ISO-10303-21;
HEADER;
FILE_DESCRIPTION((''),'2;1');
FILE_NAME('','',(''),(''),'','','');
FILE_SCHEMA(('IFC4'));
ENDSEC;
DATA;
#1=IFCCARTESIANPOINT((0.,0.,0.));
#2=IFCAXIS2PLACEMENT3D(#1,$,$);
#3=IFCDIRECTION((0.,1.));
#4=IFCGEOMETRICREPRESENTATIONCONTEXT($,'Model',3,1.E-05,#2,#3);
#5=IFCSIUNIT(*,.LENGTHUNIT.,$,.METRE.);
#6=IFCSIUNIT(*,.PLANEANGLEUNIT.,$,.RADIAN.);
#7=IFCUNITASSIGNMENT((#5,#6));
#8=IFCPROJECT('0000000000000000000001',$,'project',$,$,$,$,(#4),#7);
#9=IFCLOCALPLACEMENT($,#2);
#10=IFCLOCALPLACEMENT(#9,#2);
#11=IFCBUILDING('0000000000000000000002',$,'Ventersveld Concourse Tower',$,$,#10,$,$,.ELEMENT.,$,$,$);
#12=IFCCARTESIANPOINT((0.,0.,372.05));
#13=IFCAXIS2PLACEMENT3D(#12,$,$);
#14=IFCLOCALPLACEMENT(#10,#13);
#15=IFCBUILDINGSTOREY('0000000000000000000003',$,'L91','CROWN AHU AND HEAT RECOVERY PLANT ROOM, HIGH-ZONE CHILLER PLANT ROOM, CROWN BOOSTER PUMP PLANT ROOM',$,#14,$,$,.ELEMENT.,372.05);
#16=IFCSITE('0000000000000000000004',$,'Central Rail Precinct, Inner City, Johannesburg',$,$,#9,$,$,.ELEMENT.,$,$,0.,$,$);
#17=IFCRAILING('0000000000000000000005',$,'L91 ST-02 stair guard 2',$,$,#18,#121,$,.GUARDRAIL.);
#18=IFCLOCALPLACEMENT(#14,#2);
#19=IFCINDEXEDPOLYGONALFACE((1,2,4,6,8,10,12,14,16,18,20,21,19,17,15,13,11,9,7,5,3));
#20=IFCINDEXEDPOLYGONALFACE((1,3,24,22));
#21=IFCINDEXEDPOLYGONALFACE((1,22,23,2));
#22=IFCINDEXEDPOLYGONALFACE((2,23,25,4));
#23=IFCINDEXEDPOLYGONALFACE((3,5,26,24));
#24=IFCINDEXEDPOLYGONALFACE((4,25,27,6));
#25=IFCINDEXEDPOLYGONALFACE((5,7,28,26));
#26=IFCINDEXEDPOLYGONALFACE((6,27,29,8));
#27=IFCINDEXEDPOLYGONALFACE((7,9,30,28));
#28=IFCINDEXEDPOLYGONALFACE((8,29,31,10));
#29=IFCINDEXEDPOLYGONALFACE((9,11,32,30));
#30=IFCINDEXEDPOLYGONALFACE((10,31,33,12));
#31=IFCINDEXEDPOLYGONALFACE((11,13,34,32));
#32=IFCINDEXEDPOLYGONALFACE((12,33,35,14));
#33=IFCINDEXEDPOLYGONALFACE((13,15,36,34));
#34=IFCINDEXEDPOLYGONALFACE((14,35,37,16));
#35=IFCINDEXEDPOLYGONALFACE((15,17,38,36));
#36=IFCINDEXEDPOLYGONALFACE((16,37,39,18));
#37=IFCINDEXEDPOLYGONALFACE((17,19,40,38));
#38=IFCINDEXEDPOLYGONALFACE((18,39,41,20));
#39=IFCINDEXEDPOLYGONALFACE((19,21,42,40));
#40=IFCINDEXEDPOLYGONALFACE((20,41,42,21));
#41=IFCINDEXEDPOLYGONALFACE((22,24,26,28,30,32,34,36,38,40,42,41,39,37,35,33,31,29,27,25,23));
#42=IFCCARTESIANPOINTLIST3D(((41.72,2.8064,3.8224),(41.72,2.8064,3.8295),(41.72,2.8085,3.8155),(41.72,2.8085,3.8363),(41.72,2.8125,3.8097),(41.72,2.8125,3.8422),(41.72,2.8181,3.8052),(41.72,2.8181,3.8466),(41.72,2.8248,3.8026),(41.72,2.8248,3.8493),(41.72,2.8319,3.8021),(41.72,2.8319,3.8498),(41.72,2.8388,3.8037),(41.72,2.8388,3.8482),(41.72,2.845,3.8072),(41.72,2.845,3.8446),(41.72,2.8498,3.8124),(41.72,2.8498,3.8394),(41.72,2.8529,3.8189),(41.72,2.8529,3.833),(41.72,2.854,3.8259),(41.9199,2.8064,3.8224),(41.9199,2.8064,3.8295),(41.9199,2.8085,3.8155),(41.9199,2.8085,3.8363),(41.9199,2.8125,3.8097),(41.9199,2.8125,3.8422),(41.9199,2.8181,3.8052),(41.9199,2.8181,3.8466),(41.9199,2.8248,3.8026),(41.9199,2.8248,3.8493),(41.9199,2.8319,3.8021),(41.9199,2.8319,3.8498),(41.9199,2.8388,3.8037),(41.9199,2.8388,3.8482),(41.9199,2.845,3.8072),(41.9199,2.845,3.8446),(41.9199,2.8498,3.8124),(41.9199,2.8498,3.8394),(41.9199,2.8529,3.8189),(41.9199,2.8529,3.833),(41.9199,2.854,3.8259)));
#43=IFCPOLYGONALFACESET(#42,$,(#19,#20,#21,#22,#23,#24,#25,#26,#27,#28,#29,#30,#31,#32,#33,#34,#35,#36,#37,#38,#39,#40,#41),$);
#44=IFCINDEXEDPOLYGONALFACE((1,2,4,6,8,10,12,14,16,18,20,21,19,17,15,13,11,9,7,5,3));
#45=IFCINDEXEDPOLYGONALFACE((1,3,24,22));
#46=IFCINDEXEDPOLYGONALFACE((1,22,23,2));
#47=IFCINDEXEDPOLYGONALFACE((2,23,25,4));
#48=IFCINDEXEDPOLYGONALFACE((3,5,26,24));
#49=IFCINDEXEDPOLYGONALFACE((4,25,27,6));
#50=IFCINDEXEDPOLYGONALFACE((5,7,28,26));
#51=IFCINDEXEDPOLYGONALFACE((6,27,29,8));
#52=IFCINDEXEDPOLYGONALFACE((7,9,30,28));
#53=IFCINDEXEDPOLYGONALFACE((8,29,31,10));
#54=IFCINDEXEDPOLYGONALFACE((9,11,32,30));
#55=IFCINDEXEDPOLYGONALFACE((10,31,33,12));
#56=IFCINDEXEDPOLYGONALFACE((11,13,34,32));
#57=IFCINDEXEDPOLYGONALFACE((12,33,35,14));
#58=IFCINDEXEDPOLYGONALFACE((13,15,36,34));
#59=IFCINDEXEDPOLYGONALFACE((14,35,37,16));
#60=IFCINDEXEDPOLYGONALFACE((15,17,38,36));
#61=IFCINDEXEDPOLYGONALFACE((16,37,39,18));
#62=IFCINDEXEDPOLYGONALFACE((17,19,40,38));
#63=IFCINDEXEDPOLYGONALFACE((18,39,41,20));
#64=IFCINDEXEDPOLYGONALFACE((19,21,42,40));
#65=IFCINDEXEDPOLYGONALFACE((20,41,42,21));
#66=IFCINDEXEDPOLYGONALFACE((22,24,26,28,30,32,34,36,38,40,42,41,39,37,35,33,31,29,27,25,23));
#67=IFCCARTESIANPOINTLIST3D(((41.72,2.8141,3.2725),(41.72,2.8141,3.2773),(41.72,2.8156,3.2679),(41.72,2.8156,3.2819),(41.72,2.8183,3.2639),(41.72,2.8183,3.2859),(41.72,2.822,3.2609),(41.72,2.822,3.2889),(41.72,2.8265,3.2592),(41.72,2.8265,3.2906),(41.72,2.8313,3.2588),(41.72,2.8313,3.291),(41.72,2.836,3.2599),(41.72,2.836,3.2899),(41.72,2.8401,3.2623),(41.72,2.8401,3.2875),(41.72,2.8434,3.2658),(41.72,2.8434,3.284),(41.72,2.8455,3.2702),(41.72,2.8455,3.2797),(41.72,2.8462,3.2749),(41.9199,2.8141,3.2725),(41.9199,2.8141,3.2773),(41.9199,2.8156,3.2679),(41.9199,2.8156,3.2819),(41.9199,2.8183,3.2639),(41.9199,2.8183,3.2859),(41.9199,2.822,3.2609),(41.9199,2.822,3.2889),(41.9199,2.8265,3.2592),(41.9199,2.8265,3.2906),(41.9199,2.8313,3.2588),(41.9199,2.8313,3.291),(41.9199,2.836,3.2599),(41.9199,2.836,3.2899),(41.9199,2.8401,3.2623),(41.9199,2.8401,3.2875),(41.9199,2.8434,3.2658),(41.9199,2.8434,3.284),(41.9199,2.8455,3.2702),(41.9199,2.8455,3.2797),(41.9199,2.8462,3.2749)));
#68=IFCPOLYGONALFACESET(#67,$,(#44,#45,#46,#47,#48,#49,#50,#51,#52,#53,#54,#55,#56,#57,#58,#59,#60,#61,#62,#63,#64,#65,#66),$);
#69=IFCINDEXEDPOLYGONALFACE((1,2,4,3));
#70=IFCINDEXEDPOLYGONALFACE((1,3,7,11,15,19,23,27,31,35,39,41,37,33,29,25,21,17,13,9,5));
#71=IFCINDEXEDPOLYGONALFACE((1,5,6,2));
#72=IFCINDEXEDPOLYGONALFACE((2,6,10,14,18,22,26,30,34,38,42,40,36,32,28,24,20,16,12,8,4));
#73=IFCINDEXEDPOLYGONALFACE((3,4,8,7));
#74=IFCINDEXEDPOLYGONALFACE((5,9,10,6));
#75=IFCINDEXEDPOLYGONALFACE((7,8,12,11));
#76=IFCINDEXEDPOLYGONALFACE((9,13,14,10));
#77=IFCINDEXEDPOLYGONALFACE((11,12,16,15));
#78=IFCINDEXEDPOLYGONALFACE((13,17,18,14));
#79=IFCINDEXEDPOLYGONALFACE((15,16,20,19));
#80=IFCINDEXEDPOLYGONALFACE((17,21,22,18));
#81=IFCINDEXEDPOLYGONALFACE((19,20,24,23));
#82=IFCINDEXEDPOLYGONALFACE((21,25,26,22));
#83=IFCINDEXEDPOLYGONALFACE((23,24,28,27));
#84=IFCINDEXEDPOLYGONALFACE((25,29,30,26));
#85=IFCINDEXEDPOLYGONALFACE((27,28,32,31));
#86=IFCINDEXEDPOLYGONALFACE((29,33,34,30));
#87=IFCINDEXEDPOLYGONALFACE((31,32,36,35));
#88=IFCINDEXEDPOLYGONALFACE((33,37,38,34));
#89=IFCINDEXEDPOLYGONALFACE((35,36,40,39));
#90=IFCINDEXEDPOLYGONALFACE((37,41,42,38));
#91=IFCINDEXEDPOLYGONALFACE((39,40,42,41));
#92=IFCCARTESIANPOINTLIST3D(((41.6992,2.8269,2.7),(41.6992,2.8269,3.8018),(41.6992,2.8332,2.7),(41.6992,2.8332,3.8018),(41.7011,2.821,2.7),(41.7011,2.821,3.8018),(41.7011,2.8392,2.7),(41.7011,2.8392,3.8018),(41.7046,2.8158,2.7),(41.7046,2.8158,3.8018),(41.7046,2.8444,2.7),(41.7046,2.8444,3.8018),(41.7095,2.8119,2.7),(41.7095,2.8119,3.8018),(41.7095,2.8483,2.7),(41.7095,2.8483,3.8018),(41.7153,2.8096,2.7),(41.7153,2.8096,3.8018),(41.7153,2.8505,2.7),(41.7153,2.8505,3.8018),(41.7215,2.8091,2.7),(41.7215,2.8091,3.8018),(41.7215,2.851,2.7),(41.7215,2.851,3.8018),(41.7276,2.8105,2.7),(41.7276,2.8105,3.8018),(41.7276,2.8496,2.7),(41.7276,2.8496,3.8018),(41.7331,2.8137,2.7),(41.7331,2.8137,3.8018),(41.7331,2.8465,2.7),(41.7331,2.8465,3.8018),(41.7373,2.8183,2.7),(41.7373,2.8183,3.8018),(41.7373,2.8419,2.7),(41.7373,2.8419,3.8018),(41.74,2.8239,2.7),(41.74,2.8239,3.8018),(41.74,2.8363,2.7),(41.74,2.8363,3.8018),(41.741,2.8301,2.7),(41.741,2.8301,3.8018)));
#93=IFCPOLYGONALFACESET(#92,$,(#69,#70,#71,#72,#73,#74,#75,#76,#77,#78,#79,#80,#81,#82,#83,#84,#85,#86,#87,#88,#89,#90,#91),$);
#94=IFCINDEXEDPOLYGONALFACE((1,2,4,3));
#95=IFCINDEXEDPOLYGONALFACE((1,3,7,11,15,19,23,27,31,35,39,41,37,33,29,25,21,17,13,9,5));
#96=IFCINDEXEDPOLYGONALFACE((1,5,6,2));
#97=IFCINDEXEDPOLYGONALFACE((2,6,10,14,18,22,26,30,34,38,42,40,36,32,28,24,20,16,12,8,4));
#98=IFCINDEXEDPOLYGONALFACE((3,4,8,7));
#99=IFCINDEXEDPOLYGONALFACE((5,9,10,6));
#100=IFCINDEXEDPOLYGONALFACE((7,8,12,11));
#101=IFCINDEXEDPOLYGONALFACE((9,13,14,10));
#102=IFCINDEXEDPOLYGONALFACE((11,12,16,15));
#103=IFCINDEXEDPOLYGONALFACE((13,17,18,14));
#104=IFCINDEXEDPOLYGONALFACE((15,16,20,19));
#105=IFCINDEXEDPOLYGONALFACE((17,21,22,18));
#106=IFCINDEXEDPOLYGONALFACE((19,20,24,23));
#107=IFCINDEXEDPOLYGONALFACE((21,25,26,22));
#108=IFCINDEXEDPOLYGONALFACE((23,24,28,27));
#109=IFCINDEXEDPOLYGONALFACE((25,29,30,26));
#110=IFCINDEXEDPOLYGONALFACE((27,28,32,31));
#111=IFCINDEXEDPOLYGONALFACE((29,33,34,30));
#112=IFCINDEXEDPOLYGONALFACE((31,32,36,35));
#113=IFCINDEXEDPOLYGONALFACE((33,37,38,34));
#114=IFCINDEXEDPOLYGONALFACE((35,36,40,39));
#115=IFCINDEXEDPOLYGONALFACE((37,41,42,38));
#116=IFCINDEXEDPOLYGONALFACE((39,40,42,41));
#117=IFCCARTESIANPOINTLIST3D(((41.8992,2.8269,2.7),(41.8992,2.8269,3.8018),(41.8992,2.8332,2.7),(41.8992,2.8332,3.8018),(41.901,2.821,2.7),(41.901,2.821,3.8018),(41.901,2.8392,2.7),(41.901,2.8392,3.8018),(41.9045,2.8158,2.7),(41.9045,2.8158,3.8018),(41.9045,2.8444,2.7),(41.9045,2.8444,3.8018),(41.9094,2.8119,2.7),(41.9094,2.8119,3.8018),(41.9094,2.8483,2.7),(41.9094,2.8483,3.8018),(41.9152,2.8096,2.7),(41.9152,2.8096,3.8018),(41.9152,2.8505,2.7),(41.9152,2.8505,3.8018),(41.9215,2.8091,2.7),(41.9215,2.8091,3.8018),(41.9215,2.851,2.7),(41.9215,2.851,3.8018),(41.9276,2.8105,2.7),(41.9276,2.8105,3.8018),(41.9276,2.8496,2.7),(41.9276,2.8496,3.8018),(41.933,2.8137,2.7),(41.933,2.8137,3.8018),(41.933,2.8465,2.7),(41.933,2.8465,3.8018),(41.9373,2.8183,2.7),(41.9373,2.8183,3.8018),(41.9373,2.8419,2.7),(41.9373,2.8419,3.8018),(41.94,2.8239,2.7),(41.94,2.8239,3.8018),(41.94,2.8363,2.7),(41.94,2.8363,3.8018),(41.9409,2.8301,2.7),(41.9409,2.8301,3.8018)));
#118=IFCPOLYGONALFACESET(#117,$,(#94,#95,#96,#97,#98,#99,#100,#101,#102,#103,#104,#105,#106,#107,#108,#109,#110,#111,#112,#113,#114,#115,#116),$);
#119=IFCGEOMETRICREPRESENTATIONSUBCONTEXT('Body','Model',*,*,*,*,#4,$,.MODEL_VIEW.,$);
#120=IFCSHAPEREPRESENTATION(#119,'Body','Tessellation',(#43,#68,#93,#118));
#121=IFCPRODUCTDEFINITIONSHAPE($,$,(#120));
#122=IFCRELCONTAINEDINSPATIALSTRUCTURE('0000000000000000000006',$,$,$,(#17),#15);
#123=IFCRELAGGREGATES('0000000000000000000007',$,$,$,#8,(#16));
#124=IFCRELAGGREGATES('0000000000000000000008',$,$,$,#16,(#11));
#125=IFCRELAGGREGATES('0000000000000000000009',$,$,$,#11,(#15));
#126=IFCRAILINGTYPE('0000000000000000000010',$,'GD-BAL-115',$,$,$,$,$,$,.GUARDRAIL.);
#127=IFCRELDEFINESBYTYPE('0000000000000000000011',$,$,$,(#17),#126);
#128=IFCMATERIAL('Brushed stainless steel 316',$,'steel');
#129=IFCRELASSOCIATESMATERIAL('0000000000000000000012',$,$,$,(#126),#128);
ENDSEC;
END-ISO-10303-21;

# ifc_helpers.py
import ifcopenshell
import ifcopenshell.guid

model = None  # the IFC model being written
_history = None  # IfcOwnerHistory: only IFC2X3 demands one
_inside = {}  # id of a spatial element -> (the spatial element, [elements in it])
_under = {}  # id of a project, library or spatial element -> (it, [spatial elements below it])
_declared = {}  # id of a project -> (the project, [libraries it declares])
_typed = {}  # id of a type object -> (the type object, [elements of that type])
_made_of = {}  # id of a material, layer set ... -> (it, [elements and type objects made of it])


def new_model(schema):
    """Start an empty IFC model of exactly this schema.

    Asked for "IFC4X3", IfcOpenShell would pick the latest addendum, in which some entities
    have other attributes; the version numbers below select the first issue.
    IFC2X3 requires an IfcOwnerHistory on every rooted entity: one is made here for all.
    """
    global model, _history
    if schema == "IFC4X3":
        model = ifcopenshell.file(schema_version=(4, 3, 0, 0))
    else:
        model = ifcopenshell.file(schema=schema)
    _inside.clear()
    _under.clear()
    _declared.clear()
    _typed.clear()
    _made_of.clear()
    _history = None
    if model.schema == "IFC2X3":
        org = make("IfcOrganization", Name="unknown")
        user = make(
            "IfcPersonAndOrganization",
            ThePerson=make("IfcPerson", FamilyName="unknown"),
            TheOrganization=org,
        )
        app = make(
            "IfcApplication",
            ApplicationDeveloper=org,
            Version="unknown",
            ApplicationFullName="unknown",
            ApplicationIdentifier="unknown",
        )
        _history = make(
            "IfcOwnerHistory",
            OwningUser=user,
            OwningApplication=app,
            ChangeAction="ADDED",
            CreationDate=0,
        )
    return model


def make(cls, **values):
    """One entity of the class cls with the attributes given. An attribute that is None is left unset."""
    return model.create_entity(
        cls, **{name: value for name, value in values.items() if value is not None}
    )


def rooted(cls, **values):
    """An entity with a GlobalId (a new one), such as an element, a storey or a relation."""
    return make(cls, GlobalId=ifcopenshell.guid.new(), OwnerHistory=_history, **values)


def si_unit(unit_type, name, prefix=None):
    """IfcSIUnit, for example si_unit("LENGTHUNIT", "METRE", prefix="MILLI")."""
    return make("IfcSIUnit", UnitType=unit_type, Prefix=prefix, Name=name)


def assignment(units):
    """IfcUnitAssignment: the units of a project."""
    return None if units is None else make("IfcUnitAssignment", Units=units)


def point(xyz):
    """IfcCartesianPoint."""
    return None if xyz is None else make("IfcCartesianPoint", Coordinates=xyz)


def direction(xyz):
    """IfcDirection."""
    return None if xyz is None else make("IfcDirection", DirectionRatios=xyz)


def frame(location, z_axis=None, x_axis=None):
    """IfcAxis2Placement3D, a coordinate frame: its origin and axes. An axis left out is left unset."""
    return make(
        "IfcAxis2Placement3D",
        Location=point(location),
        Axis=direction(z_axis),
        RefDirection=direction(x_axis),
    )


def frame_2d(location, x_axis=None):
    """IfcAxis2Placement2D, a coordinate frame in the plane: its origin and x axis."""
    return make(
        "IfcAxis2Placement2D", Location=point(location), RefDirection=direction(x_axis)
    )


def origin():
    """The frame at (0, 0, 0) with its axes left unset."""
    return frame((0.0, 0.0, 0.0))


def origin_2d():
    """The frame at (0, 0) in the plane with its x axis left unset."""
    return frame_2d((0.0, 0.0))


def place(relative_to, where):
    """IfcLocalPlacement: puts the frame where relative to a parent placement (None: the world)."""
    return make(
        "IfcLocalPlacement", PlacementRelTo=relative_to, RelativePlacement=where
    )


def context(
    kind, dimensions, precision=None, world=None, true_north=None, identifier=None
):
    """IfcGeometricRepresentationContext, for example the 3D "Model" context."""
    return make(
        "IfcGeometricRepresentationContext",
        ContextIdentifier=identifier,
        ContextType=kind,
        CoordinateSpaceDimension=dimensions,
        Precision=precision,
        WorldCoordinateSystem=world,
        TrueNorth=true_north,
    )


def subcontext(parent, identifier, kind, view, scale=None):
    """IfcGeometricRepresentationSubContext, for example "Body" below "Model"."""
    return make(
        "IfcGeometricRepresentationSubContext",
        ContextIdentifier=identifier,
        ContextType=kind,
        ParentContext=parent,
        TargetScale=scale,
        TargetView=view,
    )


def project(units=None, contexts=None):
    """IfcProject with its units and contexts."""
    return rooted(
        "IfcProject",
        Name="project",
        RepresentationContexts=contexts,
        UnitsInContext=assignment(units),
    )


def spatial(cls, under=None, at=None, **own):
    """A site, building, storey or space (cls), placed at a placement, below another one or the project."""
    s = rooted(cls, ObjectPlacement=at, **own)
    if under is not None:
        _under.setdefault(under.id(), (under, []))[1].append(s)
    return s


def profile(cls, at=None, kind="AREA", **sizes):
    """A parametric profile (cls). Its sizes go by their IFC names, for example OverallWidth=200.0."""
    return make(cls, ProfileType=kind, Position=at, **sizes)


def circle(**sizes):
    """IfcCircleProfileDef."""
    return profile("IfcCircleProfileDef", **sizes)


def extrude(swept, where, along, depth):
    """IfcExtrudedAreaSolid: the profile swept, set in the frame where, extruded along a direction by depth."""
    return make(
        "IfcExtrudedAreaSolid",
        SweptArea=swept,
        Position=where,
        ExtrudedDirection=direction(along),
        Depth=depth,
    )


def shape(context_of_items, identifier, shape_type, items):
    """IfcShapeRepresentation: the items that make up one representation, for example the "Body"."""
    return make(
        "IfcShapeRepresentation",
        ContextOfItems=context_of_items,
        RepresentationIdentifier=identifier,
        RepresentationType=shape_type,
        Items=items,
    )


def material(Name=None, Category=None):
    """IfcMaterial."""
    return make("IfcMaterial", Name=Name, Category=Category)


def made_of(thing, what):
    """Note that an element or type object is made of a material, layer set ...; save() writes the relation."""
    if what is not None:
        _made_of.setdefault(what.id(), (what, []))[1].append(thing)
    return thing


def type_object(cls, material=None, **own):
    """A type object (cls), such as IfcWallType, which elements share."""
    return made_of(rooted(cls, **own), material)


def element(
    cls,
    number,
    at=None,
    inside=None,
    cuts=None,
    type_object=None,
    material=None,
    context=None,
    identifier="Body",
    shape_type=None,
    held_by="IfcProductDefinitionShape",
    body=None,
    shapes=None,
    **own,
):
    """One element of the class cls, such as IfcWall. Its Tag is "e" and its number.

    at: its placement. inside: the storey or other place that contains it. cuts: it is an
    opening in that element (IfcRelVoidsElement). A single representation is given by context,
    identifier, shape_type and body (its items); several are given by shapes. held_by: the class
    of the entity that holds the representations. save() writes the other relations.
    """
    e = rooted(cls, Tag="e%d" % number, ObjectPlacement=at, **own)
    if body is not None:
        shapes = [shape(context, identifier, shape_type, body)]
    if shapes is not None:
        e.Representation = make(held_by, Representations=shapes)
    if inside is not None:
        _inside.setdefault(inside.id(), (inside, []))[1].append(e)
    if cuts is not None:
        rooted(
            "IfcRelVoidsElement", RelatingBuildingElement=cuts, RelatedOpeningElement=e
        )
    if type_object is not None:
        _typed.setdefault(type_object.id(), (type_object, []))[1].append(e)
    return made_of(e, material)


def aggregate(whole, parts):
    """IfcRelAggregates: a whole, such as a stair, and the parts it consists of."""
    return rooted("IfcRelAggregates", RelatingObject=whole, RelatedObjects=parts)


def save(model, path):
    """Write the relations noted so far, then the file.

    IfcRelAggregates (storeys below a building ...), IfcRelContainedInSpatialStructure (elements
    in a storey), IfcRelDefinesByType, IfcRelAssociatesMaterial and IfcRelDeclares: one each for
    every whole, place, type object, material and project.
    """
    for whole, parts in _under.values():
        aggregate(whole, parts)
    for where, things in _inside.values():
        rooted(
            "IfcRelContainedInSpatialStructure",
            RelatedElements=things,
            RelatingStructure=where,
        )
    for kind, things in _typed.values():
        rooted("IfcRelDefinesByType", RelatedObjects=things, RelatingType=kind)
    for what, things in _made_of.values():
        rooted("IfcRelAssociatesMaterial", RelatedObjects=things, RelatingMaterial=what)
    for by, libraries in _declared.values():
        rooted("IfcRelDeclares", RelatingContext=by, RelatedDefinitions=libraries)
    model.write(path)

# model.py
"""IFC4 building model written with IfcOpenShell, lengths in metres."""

from ifc_helpers import new_model, si_unit, direction, frame, origin, origin_2d, place, context, subcontext, project, spatial, circle, extrude, material, type_object, element, save


model = new_model("IFC4")

# Units and contexts
model_context = context("Model", 3, precision=1e-05, world=origin(), true_north=direction((0.0, 1.0)))
body_context = subcontext(model_context, "Body", "Model", "MODEL_VIEW")
ifc_project = project(units=[si_unit("LENGTHUNIT", "METRE"), si_unit("PLANEANGLEUNIT", "RADIAN")], contexts=[model_context])

# Site, building, storey
site_placement = place(None, origin())
site = spatial("IfcSite", under=ifc_project, at=site_placement, Name="Central Rail Precinct, Inner City, Johannesburg", CompositionType="ELEMENT", RefElevation=0.0)
building_placement = place(site_placement, origin())
building = spatial("IfcBuilding", under=site, at=building_placement, Name="Ventersveld Concourse Tower", CompositionType="ELEMENT")
storey_placement = place(building_placement, frame((0.0, 0.0, 372.05)))
storey = spatial("IfcBuildingStorey", under=building, at=storey_placement, Name="L91", Description="CROWN AHU AND HEAT RECOVERY PLANT ROOM, HIGH-ZONE CHILLER PLANT ROOM, CROWN BOOSTER PUMP PLANT ROOM", CompositionType="ELEMENT", Elevation=372.05)

# Shared definitions
ifc_material_1 = material(Name="Brushed stainless steel 316", Category="steel")

# Railing
railing_type_1 = type_object("IfcRailingType", Name="GD-BAL-115", PredefinedType="GUARDRAIL", material=ifc_material_1)
railing_1_placement = place(storey_placement, frame((41.72, 2.8301, 2.7)))
element("IfcRailing", 1, at=railing_1_placement, inside=storey, type_object=railing_type_1, Name="L91 ST-02 stair guard 2", PredefinedType="GUARDRAIL", context=body_context, shape_type="SweptSolid", body=[
    extrude(circle(Radius=0.0239, at=origin_2d()), frame((0.0, 0.0, 1.126), z_axis=(1.0, 0.0, 0.0), x_axis=(0.0, 1.0, 0.0)), (0.0, 0.0, 1.0), 0.2),
    extrude(circle(Radius=0.0161, at=origin_2d()), frame((0.0, 0.0, 0.575), z_axis=(1.0, 0.0, 0.0), x_axis=(0.0, 1.0, 0.0)), (0.0, 0.0, 1.0), 0.2),
    extrude(circle(Radius=0.021, at=origin_2d()), origin(), (0.0, 0.0, 1.0), 1.1018),
    extrude(circle(Radius=0.021, at=origin_2d()), frame((0.2, 0.0, 0.0)), (0.0, 0.0, 1.0), 1.1018),
])

save(model, "model.ifc")
